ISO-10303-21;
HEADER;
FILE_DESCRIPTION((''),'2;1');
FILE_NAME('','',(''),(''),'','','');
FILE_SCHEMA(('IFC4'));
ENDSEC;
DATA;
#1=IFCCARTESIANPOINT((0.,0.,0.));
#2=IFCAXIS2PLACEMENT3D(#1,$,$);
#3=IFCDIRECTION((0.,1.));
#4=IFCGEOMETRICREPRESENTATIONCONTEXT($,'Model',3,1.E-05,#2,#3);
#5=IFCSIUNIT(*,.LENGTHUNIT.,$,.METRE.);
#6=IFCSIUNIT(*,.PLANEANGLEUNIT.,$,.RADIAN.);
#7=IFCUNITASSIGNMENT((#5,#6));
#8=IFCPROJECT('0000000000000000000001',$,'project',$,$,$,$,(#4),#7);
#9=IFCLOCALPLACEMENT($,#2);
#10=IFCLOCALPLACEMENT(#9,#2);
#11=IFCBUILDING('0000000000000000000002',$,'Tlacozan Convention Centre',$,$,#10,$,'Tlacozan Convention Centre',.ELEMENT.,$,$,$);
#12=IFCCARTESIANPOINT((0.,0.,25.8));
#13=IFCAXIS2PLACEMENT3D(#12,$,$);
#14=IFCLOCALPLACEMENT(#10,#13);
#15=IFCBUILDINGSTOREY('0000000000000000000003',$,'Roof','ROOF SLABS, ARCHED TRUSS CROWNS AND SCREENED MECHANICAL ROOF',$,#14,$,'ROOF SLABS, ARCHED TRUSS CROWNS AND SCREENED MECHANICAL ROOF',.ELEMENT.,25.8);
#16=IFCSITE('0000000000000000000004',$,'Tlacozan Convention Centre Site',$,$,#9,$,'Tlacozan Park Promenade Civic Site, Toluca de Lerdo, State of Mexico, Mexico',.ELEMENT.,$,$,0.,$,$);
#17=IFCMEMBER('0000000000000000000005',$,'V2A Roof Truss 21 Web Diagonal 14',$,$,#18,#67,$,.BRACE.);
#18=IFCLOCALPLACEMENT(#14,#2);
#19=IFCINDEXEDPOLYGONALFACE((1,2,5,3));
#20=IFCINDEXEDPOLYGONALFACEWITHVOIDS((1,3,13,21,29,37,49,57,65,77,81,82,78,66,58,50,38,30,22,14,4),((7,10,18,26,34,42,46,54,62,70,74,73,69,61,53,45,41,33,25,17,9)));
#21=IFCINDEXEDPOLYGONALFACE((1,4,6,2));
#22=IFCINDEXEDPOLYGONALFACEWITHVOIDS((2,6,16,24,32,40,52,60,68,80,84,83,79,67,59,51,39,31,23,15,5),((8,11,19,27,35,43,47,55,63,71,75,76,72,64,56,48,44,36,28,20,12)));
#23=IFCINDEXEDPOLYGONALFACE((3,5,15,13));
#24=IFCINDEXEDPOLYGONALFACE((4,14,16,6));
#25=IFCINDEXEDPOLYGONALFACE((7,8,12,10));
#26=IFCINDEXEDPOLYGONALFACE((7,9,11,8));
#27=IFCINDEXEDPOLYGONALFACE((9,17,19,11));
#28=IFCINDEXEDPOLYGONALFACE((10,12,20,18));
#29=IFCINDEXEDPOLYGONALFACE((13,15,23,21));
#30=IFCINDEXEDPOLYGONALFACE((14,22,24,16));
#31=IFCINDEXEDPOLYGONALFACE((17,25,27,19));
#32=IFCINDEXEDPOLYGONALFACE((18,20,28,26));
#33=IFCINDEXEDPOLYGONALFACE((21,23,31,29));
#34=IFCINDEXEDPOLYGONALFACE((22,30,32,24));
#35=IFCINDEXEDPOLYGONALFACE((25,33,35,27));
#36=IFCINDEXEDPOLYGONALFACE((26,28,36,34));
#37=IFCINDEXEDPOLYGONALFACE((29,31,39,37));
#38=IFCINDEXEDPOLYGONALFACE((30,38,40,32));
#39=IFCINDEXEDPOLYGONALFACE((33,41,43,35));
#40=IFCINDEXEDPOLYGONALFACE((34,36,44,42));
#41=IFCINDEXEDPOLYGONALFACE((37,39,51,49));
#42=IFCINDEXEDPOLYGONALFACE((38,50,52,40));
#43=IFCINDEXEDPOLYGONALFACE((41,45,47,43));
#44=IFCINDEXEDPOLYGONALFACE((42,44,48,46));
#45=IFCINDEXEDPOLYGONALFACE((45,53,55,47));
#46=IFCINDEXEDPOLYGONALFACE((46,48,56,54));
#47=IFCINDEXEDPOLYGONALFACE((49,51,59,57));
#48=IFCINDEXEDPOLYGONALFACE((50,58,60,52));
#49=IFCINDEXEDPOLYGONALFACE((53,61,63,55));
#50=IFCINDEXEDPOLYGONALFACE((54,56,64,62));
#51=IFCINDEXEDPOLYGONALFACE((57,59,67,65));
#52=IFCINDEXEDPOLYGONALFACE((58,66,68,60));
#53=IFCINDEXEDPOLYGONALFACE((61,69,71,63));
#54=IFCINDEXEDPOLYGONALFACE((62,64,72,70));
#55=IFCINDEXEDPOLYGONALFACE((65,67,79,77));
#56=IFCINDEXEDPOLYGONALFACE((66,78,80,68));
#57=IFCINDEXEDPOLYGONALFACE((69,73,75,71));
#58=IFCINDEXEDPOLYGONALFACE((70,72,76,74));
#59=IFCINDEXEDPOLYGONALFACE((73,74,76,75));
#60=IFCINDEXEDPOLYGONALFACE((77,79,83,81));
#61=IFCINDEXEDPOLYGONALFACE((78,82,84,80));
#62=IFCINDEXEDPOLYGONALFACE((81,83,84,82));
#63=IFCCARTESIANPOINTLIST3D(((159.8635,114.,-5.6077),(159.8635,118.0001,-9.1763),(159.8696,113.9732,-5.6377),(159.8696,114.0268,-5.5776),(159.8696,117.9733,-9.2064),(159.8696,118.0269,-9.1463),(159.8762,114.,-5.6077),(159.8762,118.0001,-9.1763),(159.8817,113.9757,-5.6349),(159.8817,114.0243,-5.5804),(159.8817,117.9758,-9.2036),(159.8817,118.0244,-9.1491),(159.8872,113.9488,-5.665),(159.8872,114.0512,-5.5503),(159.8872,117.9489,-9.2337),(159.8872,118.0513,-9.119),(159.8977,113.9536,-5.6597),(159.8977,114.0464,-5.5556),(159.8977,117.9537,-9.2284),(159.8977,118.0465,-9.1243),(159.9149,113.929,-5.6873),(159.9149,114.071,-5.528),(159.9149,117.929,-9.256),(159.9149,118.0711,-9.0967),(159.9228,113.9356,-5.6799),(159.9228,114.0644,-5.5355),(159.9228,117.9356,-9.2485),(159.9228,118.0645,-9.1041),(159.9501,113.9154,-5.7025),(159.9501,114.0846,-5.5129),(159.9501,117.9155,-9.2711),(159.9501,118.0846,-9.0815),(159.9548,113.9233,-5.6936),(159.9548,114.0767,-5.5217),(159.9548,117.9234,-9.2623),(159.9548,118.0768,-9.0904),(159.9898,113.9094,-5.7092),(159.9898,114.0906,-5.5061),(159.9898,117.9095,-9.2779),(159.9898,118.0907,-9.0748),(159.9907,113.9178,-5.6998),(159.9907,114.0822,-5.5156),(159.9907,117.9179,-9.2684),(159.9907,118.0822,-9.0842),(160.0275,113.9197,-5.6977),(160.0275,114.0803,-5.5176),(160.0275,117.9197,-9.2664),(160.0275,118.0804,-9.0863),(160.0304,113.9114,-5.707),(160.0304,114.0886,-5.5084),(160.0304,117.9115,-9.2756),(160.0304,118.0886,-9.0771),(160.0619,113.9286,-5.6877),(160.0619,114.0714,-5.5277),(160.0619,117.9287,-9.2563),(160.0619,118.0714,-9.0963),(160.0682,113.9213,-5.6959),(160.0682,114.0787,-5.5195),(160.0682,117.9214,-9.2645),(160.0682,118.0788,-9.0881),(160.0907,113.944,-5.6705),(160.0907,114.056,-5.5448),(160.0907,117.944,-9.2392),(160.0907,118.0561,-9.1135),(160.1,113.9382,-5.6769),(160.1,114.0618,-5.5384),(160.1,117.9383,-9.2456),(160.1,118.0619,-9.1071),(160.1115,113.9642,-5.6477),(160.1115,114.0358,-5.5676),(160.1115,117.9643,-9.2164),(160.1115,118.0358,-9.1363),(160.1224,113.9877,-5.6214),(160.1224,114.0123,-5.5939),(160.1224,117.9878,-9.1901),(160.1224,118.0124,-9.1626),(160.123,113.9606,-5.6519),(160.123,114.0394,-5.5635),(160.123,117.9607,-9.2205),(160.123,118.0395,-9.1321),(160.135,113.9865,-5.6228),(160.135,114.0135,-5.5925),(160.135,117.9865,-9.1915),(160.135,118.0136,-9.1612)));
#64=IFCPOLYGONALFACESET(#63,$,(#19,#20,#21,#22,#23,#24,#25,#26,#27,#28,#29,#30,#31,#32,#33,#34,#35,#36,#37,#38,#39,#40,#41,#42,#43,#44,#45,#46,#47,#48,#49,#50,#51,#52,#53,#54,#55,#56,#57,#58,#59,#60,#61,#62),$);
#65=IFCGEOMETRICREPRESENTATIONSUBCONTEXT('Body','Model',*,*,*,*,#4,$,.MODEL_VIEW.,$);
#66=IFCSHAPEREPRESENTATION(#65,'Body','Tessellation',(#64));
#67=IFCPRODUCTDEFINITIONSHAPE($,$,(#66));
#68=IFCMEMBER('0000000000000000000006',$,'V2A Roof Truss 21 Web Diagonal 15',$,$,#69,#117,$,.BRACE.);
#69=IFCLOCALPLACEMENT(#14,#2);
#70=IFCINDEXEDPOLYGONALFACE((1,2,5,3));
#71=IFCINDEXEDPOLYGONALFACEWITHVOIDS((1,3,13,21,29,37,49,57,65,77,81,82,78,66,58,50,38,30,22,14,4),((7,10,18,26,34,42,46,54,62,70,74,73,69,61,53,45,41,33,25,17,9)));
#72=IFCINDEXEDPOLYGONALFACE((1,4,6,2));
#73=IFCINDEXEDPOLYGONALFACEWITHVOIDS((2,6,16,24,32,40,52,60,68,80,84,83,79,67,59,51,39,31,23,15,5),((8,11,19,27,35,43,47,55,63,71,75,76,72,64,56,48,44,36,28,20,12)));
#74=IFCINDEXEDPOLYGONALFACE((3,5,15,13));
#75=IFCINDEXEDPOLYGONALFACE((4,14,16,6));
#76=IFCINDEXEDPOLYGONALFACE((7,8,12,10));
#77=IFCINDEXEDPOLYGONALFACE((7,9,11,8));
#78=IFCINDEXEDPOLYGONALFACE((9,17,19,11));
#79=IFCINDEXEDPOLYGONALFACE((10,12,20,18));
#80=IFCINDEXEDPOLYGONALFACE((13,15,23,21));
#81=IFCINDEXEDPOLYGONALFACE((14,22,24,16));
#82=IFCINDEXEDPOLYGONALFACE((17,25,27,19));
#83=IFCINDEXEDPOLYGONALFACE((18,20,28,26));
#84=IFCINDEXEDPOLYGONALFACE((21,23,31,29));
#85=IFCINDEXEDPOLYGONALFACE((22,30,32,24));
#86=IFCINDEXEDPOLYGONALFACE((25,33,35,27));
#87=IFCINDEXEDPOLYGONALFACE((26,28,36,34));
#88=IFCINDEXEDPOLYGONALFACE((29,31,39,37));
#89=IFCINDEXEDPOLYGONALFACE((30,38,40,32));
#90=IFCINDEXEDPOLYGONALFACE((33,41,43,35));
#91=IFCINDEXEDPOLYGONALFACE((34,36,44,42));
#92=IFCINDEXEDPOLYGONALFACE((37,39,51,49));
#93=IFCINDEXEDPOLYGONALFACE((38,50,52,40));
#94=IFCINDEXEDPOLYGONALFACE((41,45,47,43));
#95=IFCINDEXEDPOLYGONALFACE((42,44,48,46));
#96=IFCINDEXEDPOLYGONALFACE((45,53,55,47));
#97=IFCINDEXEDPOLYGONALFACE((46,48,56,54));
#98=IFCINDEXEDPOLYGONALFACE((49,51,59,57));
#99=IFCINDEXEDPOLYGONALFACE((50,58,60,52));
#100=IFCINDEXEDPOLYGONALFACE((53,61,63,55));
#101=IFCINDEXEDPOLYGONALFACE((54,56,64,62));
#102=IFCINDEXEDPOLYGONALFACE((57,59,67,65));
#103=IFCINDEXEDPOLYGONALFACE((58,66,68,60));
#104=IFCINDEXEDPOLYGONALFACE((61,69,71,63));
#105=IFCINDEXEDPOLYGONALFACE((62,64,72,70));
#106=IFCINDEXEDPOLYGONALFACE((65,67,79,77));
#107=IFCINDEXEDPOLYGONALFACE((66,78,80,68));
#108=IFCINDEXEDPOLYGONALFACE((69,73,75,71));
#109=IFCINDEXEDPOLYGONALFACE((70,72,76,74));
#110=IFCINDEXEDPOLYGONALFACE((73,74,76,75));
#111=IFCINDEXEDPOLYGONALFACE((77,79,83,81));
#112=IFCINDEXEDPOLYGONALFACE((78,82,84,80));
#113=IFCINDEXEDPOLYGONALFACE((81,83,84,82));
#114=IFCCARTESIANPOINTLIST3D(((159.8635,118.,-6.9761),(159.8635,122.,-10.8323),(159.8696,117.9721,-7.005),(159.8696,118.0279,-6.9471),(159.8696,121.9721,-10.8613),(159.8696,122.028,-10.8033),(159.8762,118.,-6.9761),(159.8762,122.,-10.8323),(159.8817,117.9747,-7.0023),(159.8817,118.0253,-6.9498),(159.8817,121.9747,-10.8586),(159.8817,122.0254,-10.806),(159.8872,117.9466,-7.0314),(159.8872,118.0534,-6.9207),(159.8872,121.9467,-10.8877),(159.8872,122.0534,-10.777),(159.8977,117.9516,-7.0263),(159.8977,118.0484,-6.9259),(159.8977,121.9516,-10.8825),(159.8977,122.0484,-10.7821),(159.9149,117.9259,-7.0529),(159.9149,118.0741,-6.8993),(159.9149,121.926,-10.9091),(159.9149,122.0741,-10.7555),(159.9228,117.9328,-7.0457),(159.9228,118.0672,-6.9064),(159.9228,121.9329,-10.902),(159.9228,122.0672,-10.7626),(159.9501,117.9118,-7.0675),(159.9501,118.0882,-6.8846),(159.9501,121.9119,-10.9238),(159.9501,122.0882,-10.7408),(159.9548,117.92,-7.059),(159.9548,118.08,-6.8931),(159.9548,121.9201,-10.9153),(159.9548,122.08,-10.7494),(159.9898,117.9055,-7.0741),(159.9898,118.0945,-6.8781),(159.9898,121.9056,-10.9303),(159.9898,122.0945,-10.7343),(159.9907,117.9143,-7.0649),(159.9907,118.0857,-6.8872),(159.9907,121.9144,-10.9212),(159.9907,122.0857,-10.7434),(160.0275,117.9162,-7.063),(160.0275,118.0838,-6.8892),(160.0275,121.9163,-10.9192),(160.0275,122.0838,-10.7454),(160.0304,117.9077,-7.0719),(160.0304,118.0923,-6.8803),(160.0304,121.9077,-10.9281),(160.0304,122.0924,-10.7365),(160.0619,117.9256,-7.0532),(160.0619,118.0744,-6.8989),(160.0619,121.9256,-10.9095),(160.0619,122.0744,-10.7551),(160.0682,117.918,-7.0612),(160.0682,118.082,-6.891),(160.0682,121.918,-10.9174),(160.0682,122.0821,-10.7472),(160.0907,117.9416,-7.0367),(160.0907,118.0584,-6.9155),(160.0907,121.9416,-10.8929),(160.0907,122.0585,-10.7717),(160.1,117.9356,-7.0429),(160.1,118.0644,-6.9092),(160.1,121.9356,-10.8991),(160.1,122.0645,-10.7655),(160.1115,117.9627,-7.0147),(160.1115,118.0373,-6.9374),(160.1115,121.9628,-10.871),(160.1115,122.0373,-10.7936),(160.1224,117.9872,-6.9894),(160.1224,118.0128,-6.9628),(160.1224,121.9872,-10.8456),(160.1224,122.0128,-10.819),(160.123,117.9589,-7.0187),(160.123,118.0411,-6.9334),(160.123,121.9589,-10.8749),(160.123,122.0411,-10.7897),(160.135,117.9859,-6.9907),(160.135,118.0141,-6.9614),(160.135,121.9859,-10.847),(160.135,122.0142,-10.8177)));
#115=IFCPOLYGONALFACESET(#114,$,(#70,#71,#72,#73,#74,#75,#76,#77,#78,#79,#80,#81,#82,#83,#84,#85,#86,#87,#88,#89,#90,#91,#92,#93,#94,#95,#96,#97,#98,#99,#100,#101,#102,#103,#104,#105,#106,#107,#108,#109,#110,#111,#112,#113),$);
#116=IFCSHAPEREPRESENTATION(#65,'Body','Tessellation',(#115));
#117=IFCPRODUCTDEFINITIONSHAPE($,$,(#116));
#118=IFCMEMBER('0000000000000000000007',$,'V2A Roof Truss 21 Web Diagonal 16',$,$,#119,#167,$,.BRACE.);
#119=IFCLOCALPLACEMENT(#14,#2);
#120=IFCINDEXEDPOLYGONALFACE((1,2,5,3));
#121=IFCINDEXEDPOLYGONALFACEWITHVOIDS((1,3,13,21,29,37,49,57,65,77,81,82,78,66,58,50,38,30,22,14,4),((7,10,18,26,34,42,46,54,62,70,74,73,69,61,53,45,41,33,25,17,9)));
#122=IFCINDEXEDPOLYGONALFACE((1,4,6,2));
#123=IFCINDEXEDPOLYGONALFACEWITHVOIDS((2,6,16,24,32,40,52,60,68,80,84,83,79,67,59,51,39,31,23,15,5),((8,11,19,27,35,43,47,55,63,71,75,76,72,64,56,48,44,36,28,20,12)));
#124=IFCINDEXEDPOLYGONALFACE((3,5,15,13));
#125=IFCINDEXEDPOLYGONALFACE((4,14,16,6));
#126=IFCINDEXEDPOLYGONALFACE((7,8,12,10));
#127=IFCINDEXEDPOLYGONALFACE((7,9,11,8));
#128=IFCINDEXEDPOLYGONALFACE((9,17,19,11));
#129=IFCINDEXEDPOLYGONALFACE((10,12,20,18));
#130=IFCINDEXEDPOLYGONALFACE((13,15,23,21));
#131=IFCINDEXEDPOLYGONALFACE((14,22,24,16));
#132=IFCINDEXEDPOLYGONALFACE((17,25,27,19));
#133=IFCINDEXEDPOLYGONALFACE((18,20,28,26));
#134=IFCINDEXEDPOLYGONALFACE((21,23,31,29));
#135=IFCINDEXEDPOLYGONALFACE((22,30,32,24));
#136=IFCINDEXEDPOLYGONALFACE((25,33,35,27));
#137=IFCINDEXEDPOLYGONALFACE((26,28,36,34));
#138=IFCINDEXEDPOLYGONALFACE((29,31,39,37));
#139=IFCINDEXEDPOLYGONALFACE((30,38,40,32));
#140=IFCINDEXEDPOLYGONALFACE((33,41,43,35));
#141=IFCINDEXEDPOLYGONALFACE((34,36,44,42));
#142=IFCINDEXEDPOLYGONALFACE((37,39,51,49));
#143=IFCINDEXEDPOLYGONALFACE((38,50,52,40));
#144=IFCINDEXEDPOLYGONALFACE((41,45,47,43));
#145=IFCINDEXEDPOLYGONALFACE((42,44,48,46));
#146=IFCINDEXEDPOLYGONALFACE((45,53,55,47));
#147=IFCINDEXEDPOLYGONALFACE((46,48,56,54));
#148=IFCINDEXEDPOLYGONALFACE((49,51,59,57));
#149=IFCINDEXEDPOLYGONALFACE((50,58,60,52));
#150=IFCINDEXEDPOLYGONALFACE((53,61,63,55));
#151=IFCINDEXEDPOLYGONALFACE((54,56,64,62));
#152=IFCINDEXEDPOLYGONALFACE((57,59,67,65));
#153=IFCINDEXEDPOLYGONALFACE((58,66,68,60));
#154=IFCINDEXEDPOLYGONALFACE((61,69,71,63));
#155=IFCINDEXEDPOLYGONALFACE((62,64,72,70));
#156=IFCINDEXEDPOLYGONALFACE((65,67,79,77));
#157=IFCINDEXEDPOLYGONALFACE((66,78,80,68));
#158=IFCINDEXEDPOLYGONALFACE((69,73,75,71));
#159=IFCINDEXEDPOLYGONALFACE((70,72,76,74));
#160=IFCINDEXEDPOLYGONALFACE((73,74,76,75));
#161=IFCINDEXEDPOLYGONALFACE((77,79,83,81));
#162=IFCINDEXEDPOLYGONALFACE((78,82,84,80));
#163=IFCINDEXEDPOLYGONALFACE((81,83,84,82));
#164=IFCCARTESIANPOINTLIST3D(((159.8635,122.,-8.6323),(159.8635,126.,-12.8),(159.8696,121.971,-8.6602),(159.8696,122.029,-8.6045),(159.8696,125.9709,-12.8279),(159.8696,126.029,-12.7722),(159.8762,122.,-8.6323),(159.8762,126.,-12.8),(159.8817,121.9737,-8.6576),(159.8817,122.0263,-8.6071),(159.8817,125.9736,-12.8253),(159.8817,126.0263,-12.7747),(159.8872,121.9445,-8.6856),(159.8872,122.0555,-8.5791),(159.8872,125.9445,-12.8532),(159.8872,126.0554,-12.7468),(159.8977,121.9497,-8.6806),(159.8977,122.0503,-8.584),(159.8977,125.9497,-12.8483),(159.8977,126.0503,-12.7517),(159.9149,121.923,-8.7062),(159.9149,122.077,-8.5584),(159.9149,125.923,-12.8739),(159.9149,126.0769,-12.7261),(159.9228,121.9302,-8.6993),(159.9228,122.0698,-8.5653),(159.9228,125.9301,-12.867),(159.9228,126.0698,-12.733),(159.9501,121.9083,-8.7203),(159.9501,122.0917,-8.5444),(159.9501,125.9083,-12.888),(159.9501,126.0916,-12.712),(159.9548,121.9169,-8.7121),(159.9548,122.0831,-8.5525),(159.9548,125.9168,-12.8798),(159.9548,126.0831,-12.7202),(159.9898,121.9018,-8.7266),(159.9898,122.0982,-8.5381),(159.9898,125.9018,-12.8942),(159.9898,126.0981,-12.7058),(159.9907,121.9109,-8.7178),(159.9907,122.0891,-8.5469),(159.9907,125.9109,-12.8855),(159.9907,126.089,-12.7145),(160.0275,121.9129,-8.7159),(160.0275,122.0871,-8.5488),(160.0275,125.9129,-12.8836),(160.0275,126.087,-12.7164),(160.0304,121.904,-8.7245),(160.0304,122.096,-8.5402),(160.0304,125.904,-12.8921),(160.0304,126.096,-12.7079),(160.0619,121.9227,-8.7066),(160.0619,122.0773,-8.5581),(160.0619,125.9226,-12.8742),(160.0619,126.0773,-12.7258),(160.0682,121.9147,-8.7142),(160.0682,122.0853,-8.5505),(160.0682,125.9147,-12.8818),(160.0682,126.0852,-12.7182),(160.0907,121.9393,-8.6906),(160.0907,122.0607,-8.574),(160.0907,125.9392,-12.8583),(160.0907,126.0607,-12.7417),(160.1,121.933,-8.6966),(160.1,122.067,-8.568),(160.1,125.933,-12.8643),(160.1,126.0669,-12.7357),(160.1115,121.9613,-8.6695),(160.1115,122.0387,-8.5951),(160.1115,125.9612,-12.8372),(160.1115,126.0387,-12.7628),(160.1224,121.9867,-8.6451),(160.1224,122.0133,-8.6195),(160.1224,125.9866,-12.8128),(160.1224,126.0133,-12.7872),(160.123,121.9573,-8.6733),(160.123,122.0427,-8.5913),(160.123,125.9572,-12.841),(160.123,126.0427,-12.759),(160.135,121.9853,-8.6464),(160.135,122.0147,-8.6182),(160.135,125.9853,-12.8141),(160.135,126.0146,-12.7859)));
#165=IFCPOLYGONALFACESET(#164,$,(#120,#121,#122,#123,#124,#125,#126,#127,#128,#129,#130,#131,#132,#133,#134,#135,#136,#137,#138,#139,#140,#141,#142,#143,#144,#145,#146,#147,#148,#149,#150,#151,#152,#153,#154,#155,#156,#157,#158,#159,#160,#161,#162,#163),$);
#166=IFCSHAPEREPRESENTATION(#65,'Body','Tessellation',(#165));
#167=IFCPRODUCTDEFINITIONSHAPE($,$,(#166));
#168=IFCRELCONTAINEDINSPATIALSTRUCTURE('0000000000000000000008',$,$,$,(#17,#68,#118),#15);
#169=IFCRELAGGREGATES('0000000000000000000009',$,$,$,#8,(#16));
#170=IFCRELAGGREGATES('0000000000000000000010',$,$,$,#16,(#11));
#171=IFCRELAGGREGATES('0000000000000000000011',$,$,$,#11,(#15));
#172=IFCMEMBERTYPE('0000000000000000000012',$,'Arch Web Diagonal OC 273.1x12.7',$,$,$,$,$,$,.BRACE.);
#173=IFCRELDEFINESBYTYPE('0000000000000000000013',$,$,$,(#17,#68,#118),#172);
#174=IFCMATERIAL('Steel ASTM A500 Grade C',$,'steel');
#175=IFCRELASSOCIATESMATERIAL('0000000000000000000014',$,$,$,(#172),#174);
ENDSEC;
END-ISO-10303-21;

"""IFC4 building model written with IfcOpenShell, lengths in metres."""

from ifc_helpers import new_model, si_unit, direction, frame, origin, origin_2d, place, context, subcontext, project, spatial, hollow_circle, extrude, material, material_profile, profile_set, type_object, element, save


model = new_model("IFC4")

# Units and contexts
model_context = context("Model", 3, precision=1e-05, world=origin(), true_north=direction((0.0, 1.0)))
body_context = subcontext(model_context, "Body", "Model", "MODEL_VIEW")
ifc_project = project(units=[si_unit("LENGTHUNIT", "METRE"), si_unit("PLANEANGLEUNIT", "RADIAN")], contexts=[model_context])

# Site, building, storey
site_placement = place(None, origin())
site = spatial("IfcSite", under=ifc_project, at=site_placement, Name="Tlacozan Convention Centre Site", LongName="Tlacozan Park Promenade Civic Site, Toluca de Lerdo, State of Mexico, Mexico", CompositionType="ELEMENT", RefElevation=0.0)
building_placement = place(site_placement, origin())
building = spatial("IfcBuilding", under=site, at=building_placement, Name="Tlacozan Convention Centre", LongName="Tlacozan Convention Centre", CompositionType="ELEMENT")
storey_placement = place(building_placement, frame((0.0, 0.0, 25.8)))
storey = spatial("IfcBuildingStorey", under=building, at=storey_placement, Name="Roof", Description="ROOF SLABS, ARCHED TRUSS CROWNS AND SCREENED MECHANICAL ROOF", LongName="ROOF SLABS, ARCHED TRUSS CROWNS AND SCREENED MECHANICAL ROOF", CompositionType="ELEMENT", Elevation=25.8)

# Members
ifc_material_1 = material(Name="Steel ASTM A500 Grade C", Category="steel")
ifc_material_profile_1 = material_profile(ifc_material_1, hollow_circle(Radius=0.1365, WallThickness=0.0127, at=origin_2d()), Name="OC 273.1x12.7")
ifc_profile_set_1 = profile_set([ifc_material_profile_1], Name="Steel ASTM A500 Grade C")
member_type_1 = type_object("IfcMemberType", Name="Arch Web Diagonal OC 273.1x12.7", PredefinedType="BRACE", material=ifc_profile_set_1)
member_1_placement = place(storey_placement, frame((160.0, 114.0, -5.6077), z_axis=(0.0, 0.746199, -0.665722), x_axis=(-1.0, 0.0, 0.0)))
element("IfcMember", 1, at=member_1_placement, inside=storey, type_object=member_type_1, Name="V2A Roof Truss 21 Web Diagonal 14", PredefinedType="BRACE", context=body_context, shape_type="SweptSolid", body=[
    extrude(hollow_circle(Radius=0.1365, WallThickness=0.0127, at=origin_2d()), origin(), (0.0, 0.0, 1.0), 5.3606),
])
member_2_placement = place(storey_placement, frame((160.0, 118.0, -6.9761), z_axis=(0.0, 0.719929, -0.694048), x_axis=(-1.0, 0.0, 0.0)))
element("IfcMember", 2, at=member_2_placement, inside=storey, type_object=member_type_1, Name="V2A Roof Truss 21 Web Diagonal 15", PredefinedType="BRACE", context=body_context, shape_type="SweptSolid", body=[
    extrude(hollow_circle(Radius=0.1365, WallThickness=0.0127, at=origin_2d()), origin(), (0.0, 0.0, 1.0), 5.5562),
])
member_3_placement = place(storey_placement, frame((160.0, 122.0, -8.6323), z_axis=(0.0, 0.69244, -0.721475), x_axis=(-1.0, 0.0, 0.0)))
element("IfcMember", 3, at=member_3_placement, inside=storey, type_object=member_type_1, Name="V2A Roof Truss 21 Web Diagonal 16", PredefinedType="BRACE", context=body_context, shape_type="SweptSolid", body=[
    extrude(hollow_circle(Radius=0.1365, WallThickness=0.0127, at=origin_2d()), origin(), (0.0, 0.0, 1.0), 5.7766),
])

save(model, "model.ifc")
